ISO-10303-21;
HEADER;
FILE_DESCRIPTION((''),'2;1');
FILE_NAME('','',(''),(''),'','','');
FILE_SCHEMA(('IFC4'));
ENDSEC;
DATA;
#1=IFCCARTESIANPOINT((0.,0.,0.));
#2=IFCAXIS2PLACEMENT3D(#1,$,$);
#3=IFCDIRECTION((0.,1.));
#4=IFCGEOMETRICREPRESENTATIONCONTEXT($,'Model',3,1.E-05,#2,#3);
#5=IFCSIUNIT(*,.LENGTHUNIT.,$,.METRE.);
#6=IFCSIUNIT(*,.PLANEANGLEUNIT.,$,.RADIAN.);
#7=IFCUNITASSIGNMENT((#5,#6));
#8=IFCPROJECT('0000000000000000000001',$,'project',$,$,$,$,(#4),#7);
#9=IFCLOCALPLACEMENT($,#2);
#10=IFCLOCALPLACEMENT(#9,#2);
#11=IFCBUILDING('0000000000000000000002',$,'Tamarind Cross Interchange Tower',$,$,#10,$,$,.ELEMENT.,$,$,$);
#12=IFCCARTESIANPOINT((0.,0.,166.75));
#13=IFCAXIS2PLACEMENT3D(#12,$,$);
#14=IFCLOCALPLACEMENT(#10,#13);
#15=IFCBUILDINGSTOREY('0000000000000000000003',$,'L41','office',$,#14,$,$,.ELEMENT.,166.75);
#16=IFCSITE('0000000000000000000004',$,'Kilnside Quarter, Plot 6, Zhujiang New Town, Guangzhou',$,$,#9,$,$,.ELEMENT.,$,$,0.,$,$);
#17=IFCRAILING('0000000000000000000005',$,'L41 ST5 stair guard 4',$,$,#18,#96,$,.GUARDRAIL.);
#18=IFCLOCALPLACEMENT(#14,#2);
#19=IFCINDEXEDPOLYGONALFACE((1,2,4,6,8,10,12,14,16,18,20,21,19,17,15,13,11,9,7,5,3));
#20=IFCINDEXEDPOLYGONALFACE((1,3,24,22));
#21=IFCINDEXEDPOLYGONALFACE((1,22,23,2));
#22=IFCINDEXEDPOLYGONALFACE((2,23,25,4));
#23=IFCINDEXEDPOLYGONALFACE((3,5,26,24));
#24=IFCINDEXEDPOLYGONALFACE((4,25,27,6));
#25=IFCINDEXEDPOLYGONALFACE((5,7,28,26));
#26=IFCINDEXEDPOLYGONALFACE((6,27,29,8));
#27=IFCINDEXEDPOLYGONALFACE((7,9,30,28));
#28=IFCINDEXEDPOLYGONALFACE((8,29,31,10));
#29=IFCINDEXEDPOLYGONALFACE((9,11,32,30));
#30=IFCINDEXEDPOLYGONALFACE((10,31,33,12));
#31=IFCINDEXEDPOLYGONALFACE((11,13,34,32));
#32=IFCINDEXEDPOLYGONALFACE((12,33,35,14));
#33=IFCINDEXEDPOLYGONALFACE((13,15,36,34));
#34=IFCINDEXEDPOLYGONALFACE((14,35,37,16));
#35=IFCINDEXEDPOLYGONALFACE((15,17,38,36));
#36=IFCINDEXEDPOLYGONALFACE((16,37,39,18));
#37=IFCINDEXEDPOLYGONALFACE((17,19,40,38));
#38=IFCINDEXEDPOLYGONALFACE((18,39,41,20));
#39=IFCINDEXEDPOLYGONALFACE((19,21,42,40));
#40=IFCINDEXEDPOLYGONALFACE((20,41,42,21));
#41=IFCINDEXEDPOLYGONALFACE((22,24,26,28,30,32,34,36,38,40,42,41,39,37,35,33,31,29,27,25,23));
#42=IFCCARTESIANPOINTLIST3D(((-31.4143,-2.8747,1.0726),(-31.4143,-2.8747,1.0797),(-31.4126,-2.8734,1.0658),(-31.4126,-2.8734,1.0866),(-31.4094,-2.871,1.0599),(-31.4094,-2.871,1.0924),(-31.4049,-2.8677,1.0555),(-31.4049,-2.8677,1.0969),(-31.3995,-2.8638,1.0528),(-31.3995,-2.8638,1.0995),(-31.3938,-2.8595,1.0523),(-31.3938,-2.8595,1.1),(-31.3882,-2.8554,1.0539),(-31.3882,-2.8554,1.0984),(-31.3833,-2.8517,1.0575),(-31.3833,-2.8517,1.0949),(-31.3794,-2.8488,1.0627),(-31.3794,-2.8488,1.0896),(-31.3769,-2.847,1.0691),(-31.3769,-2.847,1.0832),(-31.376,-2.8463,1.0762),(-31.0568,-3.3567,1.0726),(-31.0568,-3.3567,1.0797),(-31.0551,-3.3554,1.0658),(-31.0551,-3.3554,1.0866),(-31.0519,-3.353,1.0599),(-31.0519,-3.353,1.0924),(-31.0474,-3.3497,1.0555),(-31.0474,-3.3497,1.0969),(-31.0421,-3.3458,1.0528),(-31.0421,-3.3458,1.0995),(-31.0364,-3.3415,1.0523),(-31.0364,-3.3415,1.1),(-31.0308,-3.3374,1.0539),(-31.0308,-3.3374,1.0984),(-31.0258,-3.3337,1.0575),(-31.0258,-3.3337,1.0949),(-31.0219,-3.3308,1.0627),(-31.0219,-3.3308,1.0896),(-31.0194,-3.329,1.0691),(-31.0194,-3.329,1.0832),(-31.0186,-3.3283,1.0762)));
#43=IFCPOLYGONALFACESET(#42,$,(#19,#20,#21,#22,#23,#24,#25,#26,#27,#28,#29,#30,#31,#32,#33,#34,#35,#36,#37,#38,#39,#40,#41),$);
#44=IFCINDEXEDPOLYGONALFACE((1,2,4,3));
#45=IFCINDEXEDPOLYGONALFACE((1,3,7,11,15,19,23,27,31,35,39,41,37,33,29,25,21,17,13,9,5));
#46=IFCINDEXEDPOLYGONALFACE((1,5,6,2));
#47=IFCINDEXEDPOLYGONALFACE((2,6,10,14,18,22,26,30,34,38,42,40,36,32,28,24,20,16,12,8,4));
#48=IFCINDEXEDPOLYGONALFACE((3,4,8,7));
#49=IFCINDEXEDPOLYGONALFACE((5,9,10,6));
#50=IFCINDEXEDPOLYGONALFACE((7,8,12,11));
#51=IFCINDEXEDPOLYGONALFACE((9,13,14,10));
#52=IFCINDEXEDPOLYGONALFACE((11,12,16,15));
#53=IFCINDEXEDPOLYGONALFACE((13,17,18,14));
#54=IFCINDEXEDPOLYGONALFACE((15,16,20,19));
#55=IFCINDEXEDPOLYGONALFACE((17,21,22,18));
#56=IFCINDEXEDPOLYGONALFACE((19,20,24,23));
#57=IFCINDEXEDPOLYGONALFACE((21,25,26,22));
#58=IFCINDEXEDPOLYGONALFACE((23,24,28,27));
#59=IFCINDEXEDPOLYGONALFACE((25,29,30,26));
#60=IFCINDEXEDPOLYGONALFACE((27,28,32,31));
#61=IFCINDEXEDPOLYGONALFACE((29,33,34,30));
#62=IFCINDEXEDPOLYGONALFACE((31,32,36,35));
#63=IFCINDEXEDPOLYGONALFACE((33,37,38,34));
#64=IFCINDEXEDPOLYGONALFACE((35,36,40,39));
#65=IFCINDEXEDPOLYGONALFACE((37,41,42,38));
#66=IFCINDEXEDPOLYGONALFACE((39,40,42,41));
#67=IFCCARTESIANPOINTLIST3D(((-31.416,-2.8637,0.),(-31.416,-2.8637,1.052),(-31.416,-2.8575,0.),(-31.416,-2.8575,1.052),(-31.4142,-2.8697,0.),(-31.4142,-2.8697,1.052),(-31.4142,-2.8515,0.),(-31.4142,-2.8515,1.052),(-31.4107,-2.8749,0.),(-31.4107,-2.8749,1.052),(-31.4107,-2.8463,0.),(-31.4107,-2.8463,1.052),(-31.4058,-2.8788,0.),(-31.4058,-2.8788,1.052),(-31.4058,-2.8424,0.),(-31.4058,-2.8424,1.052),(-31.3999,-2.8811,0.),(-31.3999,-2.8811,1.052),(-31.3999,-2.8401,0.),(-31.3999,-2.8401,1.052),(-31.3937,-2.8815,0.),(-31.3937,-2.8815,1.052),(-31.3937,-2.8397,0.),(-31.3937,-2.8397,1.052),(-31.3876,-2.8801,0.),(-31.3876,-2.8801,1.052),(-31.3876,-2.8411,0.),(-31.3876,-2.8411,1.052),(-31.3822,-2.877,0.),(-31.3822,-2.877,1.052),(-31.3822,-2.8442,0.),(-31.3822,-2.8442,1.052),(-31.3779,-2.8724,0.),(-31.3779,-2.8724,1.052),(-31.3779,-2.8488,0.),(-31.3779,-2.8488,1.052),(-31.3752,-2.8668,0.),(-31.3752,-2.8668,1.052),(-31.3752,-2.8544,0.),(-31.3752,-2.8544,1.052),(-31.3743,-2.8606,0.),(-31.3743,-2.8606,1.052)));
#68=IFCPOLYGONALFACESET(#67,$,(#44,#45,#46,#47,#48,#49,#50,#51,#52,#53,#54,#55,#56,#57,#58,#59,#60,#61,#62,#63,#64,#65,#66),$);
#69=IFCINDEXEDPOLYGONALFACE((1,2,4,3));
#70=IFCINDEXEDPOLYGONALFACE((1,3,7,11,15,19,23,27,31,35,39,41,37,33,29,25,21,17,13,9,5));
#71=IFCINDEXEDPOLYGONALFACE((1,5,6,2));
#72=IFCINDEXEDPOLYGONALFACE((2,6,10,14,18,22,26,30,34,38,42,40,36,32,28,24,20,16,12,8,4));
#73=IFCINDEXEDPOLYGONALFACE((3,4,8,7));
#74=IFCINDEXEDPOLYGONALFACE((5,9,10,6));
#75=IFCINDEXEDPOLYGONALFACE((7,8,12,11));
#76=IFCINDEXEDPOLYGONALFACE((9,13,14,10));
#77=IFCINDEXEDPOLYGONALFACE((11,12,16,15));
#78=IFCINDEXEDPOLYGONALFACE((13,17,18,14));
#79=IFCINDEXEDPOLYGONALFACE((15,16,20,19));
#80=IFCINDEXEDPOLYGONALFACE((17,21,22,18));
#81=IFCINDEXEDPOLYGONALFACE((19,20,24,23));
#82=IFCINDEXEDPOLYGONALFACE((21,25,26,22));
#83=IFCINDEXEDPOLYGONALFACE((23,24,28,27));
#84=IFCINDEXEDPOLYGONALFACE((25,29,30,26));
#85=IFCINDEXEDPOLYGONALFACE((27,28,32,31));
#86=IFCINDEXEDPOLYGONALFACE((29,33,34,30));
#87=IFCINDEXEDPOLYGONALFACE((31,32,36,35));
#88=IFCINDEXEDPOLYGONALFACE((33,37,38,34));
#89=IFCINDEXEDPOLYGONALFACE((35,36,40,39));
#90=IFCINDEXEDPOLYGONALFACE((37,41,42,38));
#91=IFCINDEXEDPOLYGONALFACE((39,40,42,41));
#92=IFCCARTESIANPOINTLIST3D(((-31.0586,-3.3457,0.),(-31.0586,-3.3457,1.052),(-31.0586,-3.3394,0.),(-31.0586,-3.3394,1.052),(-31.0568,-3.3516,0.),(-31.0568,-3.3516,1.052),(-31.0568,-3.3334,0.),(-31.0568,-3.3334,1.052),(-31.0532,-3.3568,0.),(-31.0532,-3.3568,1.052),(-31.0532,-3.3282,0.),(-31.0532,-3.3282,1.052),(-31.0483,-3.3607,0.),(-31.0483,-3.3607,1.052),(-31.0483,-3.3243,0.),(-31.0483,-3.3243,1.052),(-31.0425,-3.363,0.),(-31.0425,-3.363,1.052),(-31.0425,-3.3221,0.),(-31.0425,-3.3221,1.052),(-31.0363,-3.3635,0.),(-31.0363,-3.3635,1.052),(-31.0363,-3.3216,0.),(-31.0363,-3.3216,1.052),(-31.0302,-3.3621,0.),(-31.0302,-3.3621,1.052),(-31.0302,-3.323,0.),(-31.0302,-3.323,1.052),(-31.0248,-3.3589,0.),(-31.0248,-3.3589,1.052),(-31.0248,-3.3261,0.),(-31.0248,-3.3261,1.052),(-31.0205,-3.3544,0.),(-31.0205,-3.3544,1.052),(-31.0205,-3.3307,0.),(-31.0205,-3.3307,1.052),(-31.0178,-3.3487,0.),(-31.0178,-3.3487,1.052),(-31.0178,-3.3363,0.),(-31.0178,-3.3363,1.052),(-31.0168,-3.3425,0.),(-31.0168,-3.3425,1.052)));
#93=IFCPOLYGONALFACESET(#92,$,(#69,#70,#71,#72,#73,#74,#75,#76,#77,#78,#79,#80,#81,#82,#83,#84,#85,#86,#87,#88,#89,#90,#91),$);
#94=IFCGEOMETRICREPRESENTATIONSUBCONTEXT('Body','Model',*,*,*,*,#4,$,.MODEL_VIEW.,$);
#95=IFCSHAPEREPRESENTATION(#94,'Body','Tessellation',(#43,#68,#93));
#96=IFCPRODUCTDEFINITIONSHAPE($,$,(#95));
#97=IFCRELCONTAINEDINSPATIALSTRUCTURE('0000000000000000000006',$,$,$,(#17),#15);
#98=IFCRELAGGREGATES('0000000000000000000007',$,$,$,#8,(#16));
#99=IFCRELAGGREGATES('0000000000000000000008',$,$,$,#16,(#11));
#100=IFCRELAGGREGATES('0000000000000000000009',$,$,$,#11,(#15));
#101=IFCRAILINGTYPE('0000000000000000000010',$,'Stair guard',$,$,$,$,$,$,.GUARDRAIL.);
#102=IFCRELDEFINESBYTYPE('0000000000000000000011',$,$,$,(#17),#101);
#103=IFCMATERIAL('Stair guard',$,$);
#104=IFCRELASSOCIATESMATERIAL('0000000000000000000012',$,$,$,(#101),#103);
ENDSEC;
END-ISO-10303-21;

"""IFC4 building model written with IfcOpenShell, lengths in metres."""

from ifc_helpers import new_model, si_unit, direction, frame, origin, origin_2d, place, context, subcontext, project, spatial, circle, extrude, material, type_object, element, save


model = new_model("IFC4")

# Units and contexts
model_context = context("Model", 3, precision=1e-05, world=origin(), true_north=direction((0.0, 1.0)))
body_context = subcontext(model_context, "Body", "Model", "MODEL_VIEW")
ifc_project = project(units=[si_unit("LENGTHUNIT", "METRE"), si_unit("PLANEANGLEUNIT", "RADIAN")], contexts=[model_context])

# Site, building, storey
site_placement = place(None, origin())
site = spatial("IfcSite", under=ifc_project, at=site_placement, Name="Kilnside Quarter, Plot 6, Zhujiang New Town, Guangzhou", CompositionType="ELEMENT", RefElevation=0.0)
building_placement = place(site_placement, origin())
building = spatial("IfcBuilding", under=site, at=building_placement, Name="Tamarind Cross Interchange Tower", CompositionType="ELEMENT")
storey_placement = place(building_placement, frame((0.0, 0.0, 166.75)))
storey = spatial("IfcBuildingStorey", under=building, at=storey_placement, Name="L41", Description="office", CompositionType="ELEMENT", Elevation=166.75)

# Railing
ifc_material_1 = material(Name="Stair guard")
railing_type = type_object("IfcRailingType", Name="Stair guard", PredefinedType="GUARDRAIL", material=ifc_material_1)
railing_1_placement = place(storey_placement, frame((-31.3953, -2.8606, 0.0)))
element("IfcRailing", 1, at=railing_1_placement, inside=storey, type_object=railing_type, Name="L41 ST5 stair guard 4", PredefinedType="GUARDRAIL", context=body_context, shape_type="SweptSolid", body=[
    extrude(circle(Radius=0.0239, at=origin_2d()), frame((0.0, 0.0, 1.0762), z_axis=(0.595695, -0.803211, 0.0), x_axis=(0.803211, 0.595695, 0.0)), (0.0, 0.0, 1.0), 0.6001),
    extrude(circle(Radius=0.021, at=origin_2d()), origin(), (0.0, 0.0, 1.0), 1.052),
    extrude(circle(Radius=0.021, at=origin_2d()), frame((0.3574, -0.4819, 0.0)), (0.0, 0.0, 1.0), 1.052),
])

save(model, "model.ifc")
